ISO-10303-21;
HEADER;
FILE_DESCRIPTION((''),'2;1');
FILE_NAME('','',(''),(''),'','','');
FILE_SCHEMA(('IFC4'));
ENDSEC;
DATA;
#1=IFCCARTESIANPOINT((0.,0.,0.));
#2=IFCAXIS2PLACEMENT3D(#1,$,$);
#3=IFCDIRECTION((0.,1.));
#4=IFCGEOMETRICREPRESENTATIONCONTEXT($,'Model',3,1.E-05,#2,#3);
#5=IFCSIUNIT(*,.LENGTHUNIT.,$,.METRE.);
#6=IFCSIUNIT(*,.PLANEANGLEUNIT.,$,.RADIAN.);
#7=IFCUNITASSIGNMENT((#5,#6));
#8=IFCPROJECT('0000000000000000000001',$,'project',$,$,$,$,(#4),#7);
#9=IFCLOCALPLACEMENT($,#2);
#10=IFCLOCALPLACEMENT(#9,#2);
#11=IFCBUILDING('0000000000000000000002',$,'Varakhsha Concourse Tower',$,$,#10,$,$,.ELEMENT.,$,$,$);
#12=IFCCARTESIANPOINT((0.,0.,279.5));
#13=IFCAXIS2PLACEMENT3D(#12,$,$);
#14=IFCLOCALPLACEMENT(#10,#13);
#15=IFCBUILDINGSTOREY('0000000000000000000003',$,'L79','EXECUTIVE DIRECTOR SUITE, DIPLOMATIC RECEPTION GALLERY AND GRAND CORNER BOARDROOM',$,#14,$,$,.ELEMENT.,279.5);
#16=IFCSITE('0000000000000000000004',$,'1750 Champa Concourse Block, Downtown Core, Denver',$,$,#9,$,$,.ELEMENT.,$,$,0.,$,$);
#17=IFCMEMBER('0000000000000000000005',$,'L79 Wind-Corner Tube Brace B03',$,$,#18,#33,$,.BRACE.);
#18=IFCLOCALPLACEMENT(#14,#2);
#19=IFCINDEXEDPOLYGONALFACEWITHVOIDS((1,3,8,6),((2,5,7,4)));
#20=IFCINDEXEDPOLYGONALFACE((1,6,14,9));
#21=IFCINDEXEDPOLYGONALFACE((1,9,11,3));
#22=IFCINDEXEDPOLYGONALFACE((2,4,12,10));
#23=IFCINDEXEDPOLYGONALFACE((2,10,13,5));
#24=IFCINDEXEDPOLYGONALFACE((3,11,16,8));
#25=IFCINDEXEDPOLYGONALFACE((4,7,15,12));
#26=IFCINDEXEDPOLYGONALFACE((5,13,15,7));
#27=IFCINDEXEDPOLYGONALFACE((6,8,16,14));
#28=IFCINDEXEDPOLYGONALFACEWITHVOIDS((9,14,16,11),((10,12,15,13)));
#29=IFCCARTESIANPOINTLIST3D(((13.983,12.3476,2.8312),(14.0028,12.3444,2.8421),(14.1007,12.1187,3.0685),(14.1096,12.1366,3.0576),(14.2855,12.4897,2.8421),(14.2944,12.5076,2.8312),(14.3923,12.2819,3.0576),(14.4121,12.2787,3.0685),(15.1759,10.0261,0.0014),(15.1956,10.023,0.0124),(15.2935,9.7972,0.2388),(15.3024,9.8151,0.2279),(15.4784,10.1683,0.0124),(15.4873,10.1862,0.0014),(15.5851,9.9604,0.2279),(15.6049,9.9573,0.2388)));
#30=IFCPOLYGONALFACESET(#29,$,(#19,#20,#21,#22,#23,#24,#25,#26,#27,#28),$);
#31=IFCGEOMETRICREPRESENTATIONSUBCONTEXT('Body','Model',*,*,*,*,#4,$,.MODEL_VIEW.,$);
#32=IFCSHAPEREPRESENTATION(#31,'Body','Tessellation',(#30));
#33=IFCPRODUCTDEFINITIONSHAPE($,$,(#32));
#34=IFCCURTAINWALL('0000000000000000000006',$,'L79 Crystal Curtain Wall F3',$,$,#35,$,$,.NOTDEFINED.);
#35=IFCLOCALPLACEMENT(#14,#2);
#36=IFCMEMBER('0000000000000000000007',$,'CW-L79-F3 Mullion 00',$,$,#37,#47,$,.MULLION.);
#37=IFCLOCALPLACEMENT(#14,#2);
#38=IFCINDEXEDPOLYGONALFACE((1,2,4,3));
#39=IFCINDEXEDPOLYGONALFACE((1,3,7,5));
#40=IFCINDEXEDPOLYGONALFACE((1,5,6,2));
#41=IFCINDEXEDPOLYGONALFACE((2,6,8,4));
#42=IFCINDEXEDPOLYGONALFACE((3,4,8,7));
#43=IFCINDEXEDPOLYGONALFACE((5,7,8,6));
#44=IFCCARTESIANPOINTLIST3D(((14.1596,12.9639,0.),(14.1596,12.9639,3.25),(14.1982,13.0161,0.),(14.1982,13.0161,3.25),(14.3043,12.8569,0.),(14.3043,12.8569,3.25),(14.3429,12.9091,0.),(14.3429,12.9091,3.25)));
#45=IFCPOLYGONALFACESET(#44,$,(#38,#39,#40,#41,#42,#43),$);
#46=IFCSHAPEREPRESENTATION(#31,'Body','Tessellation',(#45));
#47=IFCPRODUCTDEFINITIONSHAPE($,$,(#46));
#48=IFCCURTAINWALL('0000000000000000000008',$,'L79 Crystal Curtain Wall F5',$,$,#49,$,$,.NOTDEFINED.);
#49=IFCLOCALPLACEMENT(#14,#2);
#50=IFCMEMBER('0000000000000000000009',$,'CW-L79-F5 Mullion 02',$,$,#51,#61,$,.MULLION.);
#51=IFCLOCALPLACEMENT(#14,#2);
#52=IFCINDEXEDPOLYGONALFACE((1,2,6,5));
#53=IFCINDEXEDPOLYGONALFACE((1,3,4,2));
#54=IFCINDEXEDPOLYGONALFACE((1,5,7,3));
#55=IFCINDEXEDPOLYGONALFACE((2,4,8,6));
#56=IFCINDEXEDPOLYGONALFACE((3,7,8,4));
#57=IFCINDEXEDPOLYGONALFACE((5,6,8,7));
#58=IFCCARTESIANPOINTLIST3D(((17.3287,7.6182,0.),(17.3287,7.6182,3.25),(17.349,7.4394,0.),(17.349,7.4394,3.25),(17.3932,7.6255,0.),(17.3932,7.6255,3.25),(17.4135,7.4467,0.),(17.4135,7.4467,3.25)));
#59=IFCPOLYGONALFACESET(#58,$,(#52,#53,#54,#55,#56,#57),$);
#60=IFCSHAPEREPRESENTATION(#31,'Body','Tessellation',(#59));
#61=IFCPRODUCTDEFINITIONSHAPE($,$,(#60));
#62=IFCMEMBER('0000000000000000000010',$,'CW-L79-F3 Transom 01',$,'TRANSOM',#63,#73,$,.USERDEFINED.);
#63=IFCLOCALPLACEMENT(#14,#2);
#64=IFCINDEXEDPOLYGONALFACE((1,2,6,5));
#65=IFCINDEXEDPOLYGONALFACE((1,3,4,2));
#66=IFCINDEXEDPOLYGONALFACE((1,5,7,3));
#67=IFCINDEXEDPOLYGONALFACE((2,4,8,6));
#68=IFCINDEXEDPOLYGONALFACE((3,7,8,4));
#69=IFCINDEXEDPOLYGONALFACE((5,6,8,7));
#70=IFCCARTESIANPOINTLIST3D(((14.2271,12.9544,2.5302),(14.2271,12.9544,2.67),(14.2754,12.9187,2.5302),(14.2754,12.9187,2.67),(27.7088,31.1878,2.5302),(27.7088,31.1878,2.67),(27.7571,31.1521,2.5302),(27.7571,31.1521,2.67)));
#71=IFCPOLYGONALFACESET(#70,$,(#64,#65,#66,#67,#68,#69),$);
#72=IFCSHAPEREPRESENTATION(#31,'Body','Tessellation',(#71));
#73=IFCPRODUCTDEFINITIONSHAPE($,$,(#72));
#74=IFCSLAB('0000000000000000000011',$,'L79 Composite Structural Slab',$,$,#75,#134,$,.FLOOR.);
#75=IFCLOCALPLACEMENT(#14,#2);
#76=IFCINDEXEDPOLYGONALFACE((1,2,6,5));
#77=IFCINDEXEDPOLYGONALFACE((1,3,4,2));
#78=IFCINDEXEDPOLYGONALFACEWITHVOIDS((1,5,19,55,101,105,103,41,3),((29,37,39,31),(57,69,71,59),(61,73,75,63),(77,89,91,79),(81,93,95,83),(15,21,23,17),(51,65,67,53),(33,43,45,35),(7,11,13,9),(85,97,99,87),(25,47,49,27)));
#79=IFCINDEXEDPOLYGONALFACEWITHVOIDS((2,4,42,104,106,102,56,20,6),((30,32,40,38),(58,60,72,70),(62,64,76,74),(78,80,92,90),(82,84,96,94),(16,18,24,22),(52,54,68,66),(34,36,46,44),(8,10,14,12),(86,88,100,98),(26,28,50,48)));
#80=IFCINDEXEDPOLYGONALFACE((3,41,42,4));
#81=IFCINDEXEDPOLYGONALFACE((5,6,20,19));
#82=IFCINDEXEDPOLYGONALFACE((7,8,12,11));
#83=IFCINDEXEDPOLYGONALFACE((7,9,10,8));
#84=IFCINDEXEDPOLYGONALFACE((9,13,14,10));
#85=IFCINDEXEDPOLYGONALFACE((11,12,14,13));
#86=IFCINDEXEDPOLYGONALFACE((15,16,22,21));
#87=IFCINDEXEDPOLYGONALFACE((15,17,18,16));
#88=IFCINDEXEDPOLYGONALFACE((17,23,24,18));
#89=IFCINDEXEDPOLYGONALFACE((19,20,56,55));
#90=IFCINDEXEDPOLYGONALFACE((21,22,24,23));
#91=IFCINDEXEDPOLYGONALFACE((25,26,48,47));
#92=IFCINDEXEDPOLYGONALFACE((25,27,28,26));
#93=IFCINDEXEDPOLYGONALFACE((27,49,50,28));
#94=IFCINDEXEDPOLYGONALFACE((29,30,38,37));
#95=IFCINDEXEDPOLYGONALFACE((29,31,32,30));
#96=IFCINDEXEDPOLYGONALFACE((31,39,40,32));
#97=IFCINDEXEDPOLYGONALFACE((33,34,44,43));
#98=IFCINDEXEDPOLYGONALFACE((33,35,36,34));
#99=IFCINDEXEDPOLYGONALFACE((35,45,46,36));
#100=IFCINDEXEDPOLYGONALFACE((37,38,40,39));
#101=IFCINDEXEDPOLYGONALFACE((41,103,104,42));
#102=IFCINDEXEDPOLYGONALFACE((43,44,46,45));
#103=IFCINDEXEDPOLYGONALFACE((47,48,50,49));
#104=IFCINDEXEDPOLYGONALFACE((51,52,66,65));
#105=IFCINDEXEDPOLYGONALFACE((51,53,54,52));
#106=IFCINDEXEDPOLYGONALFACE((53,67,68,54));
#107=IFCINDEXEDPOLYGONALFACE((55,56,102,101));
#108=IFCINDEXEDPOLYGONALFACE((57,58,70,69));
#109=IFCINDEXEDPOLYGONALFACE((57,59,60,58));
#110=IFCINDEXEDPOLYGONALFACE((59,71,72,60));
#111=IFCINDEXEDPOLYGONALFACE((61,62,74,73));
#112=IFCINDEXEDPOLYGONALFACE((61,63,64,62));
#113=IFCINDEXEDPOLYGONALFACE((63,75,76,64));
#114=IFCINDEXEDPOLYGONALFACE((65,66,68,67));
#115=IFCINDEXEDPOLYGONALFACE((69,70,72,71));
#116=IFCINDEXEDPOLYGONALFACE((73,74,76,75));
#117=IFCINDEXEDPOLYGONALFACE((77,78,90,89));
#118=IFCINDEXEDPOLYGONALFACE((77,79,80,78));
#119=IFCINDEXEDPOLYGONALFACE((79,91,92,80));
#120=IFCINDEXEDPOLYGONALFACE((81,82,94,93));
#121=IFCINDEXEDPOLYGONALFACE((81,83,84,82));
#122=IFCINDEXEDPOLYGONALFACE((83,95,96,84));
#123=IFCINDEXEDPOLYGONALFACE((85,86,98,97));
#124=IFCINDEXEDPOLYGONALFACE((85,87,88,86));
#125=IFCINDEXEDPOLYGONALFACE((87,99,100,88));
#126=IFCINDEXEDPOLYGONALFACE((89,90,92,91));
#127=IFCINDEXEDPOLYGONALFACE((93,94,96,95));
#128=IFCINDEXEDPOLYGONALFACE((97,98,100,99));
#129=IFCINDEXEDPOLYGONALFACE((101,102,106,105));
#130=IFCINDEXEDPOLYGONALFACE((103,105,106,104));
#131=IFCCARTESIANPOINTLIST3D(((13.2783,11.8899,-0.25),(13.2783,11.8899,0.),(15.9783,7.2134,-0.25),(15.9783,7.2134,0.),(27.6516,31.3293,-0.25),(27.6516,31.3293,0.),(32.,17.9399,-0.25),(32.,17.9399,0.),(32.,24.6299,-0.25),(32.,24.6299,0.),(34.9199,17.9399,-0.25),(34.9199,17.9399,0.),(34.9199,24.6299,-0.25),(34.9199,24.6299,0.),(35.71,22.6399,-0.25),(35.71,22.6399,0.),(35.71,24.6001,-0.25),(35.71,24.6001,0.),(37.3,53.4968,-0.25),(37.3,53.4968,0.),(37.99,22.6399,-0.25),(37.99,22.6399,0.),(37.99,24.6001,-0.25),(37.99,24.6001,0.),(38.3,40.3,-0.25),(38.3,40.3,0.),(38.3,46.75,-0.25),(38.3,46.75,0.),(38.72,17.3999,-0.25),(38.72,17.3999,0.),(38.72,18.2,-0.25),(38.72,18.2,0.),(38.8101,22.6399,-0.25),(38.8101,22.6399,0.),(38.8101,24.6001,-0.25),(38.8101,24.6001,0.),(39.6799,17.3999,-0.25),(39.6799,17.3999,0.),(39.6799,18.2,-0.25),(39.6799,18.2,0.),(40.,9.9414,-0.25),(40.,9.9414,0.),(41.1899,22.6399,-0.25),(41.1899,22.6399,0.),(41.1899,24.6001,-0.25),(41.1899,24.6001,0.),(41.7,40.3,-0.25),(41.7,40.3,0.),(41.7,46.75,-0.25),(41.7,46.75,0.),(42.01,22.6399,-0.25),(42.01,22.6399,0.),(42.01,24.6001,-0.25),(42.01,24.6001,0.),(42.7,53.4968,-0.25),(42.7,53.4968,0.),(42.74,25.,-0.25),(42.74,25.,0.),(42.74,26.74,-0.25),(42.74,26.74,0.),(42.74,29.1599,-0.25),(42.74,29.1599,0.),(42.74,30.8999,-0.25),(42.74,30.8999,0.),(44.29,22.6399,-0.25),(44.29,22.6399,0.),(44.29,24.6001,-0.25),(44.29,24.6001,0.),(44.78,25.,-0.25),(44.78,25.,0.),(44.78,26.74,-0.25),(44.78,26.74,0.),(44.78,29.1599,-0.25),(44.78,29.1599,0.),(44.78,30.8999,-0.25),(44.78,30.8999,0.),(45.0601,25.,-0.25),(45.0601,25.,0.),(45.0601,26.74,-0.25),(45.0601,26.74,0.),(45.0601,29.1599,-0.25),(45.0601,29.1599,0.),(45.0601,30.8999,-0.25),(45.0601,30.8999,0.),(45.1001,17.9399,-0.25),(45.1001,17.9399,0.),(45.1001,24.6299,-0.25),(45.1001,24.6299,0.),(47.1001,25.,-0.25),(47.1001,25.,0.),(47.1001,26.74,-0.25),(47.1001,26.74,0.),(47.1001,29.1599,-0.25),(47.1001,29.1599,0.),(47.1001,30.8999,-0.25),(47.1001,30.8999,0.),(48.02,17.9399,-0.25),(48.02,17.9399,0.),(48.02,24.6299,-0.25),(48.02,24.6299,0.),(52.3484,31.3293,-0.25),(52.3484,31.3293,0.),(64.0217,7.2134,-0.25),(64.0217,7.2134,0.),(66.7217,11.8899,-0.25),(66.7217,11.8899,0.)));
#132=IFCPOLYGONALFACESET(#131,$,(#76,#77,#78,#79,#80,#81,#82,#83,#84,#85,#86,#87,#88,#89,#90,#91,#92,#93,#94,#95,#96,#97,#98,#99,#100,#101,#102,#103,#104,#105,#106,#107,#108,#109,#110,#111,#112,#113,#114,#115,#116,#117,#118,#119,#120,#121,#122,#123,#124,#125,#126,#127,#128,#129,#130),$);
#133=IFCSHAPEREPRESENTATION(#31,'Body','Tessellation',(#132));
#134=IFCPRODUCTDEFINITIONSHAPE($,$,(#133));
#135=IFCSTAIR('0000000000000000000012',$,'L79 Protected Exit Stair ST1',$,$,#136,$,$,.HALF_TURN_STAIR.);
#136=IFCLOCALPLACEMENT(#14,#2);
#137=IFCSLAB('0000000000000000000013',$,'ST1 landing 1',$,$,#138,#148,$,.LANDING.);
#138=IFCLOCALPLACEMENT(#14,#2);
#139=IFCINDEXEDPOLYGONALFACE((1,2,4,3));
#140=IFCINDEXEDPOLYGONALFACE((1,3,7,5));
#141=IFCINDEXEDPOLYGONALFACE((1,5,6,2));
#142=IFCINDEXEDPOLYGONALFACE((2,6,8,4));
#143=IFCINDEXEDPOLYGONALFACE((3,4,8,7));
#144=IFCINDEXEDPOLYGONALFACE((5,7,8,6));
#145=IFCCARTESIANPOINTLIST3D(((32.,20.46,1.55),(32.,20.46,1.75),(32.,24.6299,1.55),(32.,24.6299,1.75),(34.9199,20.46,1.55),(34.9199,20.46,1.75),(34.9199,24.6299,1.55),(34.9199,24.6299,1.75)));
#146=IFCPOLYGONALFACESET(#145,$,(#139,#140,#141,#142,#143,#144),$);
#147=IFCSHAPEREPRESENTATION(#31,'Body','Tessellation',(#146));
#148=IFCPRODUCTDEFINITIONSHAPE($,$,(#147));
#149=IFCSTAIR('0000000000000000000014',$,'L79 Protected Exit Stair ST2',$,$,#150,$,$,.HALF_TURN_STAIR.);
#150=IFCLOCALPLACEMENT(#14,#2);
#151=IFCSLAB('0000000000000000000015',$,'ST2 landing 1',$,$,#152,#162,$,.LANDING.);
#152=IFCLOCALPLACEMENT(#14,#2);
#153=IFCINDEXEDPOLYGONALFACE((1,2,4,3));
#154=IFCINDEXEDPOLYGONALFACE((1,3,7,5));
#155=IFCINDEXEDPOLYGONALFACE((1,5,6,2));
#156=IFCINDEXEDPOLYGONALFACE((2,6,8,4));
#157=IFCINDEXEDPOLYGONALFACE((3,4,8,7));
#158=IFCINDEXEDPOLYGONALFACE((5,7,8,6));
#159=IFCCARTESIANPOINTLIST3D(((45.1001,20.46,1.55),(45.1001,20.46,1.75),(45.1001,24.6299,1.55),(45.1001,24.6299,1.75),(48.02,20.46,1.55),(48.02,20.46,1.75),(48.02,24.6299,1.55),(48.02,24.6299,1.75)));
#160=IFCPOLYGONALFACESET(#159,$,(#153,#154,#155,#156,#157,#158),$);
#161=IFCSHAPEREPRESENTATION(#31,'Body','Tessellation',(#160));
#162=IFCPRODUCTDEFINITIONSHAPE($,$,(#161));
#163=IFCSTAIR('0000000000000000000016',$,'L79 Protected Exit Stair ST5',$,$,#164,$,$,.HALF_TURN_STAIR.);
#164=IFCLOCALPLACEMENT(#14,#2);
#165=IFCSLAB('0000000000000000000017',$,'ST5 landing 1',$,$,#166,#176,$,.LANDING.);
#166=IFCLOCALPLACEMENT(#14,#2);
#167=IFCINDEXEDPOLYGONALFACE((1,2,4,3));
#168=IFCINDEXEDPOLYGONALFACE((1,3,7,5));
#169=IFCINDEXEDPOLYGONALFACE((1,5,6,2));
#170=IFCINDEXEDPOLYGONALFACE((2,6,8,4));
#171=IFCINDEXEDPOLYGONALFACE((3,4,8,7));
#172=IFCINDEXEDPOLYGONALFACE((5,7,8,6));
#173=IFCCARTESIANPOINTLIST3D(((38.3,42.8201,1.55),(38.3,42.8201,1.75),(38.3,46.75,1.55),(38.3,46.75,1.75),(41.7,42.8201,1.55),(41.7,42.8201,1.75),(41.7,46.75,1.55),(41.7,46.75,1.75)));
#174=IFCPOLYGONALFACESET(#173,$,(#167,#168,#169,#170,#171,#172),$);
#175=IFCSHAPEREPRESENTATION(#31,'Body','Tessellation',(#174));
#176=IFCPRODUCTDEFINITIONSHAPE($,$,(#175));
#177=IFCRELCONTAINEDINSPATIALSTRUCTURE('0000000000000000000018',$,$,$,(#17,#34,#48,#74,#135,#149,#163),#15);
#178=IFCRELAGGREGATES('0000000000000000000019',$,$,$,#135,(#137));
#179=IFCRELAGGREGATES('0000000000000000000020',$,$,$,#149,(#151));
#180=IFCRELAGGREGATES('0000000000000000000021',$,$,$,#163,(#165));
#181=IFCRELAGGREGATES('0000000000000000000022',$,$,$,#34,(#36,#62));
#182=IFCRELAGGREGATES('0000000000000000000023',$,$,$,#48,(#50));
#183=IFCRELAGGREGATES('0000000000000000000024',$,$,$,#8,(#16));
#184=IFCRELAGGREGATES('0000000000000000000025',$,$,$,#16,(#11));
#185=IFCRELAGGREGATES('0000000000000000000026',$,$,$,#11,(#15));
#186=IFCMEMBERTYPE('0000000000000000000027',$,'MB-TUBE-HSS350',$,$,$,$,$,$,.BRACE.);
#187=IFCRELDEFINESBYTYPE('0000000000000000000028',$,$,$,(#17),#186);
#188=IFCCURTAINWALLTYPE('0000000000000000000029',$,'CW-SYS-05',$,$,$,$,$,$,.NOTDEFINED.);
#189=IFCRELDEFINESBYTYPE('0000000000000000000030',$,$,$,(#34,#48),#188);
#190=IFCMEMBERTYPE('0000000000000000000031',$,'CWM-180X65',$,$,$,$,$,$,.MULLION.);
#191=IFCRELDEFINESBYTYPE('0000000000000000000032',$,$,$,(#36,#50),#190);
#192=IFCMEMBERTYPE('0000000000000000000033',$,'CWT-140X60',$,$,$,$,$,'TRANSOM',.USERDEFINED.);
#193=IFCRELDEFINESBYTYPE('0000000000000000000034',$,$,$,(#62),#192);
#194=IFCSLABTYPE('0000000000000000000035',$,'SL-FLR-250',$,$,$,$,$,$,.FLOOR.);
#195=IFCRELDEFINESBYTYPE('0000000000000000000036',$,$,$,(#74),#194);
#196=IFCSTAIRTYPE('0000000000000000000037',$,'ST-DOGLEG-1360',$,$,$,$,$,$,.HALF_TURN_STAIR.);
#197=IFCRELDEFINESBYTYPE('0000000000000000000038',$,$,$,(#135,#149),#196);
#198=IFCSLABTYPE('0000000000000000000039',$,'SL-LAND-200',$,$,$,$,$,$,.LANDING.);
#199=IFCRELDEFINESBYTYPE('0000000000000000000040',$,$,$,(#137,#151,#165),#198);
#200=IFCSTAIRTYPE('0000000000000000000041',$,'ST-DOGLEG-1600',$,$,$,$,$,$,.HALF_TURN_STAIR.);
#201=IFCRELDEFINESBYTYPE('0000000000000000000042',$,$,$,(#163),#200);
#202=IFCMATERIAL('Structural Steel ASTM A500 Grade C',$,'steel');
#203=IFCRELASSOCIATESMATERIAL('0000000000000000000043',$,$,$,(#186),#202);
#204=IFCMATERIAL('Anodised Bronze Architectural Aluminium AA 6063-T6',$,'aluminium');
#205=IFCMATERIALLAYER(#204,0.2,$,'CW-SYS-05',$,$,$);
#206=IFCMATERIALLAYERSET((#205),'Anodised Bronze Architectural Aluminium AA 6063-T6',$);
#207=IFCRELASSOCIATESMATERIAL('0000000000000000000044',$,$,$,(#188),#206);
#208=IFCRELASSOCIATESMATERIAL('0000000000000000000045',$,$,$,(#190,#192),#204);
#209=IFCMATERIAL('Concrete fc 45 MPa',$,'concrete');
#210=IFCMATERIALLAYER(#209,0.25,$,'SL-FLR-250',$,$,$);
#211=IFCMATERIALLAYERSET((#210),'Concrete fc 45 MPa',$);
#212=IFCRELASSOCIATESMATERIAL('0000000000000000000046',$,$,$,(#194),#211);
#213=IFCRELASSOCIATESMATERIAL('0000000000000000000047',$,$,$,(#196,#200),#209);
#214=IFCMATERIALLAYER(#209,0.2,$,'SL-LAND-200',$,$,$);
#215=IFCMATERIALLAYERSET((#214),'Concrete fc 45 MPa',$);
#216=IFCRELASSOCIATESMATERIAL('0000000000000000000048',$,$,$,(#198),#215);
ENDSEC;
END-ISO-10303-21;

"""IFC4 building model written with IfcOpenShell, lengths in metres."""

from ifc_helpers import new_model, si_unit, direction, frame, origin, origin_2d, place, context, subcontext, project, spatial, polyline, rectangle, hollow_rectangle, outline, extrude, source, transform, mapped, material, layer, layer_set, material_profile, profile_set, type_object, type_shapes, element, aggregate, save


model = new_model("IFC4")

# Units and contexts
model_context = context("Model", 3, precision=1e-05, world=origin(), true_north=direction((0.0, 1.0)))
body_context = subcontext(model_context, "Body", "Model", "MODEL_VIEW")
ifc_project = project(units=[si_unit("LENGTHUNIT", "METRE"), si_unit("PLANEANGLEUNIT", "RADIAN")], contexts=[model_context])

# Site, building, storey
site_placement = place(None, origin())
site = spatial("IfcSite", under=ifc_project, at=site_placement, Name="1750 Champa Concourse Block, Downtown Core, Denver", CompositionType="ELEMENT", RefElevation=0.0)
building_placement = place(site_placement, origin())
building = spatial("IfcBuilding", under=site, at=building_placement, Name="Varakhsha Concourse Tower", CompositionType="ELEMENT")
storey_placement = place(building_placement, frame((0.0, 0.0, 279.5)))
storey = spatial("IfcBuildingStorey", under=building, at=storey_placement, Name="L79", Description="EXECUTIVE DIRECTOR SUITE, DIPLOMATIC RECEPTION GALLERY AND GRAND CORNER BOARDROOM", CompositionType="ELEMENT", Elevation=279.5)

# Member
ifc_material_1 = material(Name="Structural Steel ASTM A500 Grade C", Category="steel")
ifc_material_profile_1 = material_profile(ifc_material_1, hollow_rectangle(XDim=0.3501, YDim=0.3501, WallThickness=0.0161, at=origin_2d()), Name="HSS 350x350x16")
ifc_profile_set_1 = profile_set([ifc_material_profile_1], Name="Structural Steel ASTM A500 Grade C")
member_type_1 = type_object("IfcMemberType", Name="MB-TUBE-HSS350", PredefinedType="BRACE", material=ifc_profile_set_1)
shared_shape_1 = source(origin(), body_context, "Body", "SweptSolid", [
    extrude(hollow_rectangle(XDim=0.3501, YDim=0.3501, WallThickness=0.0161, at=origin_2d()), origin(), (0.0, 0.0, 1.0), 3.8496),
])
member_1_placement = place(storey_placement, frame((15.3904, 9.9917, 0.1201), z_axis=(-0.309858, 0.603038, 0.735073), x_axis=(-0.889453, -0.457027, 0.0)))
element("IfcMember", 1, at=member_1_placement, inside=storey, type_object=member_type_1, Name="L79 Wind-Corner Tube Brace B03", PredefinedType="BRACE", context=body_context, shape_type="MappedRepresentation", body=[
    mapped(shared_shape_1, transform((0.0, 0.0, 0.0), scale=1.0)),
])

# Curtain walls, members
ifc_material_2 = material(Name="Anodised Bronze Architectural Aluminium AA 6063-T6", Category="aluminium")
ifc_layer_1 = layer(ifc_material_2, 0.2, Name="CW-SYS-05")
ifc_layer_set_1 = layer_set([ifc_layer_1], Name="Anodised Bronze Architectural Aluminium AA 6063-T6")
curtain_wall_type = type_object("IfcCurtainWallType", Name="CW-SYS-05", PredefinedType="NOTDEFINED", material=ifc_layer_set_1)
curtain_wall_1_placement = place(storey_placement, origin())
curtain_wall_1 = element("IfcCurtainWall", 2, at=curtain_wall_1_placement, inside=storey, type_object=curtain_wall_type, Name="L79 Crystal Curtain Wall F3", PredefinedType="NOTDEFINED")
ifc_material_profile_2 = material_profile(ifc_material_2, rectangle(XDim=0.0649, YDim=0.1799, at=origin_2d()), Name="CWM-180X65")
ifc_profile_set_2 = profile_set([ifc_material_profile_2], Name="Anodised Bronze Architectural Aluminium AA 6063-T6")
member_type_2 = type_object("IfcMemberType", Name="CWM-180X65", PredefinedType="MULLION", material=ifc_profile_set_2)
shared_shape_2 = source(origin(), body_context, "Body", "SweptSolid", [
    extrude(rectangle(XDim=0.0649, YDim=0.1799, at=origin_2d()), origin(), (0.0, 0.0, 1.0), 3.25),
])
type_shapes(member_type_2, [shared_shape_2])
member_2_placement = place(storey_placement, frame((14.2512, 12.9365, 0.0), z_axis=(0.0, 0.0, 1.0), x_axis=(0.594534, 0.804071, 0.0)))
member_2 = element("IfcMember", 3, at=member_2_placement, type_object=member_type_2, Name="CW-L79-F3 Mullion 00", PredefinedType="MULLION", context=body_context, shape_type="MappedRepresentation", body=[
    mapped(shared_shape_2, transform((0.0, 0.0, 0.0), scale=1.0)),
])
curtain_wall_2_placement = place(storey_placement, origin())
curtain_wall_2 = element("IfcCurtainWall", 4, at=curtain_wall_2_placement, inside=storey, type_object=curtain_wall_type, Name="L79 Crystal Curtain Wall F5", PredefinedType="NOTDEFINED")
member_3_placement = place(storey_placement, frame((17.3711, 7.5325, 0.0), z_axis=(0.0, 0.0, 1.0), x_axis=(-0.993613, -0.112844, 0.0)))
member_3 = element("IfcMember", 5, at=member_3_placement, type_object=member_type_2, Name="CW-L79-F5 Mullion 02", PredefinedType="MULLION", context=body_context, shape_type="MappedRepresentation", body=[
    mapped(shared_shape_2, transform((0.0, 0.0, 0.0), scale=1.0)),
])

# Member
ifc_material_profile_3 = material_profile(ifc_material_2, rectangle(XDim=0.0601, YDim=0.1399, at=origin_2d()), Name="CWT-140X60")
ifc_profile_set_3 = profile_set([ifc_material_profile_3], Name="Anodised Bronze Architectural Aluminium AA 6063-T6")
member_type_3 = type_object("IfcMemberType", Name="CWT-140X60", ElementType="TRANSOM", PredefinedType="USERDEFINED", material=ifc_profile_set_3)
shared_shape_3 = source(origin(), body_context, "Body", "SweptSolid", [
    extrude(rectangle(XDim=0.0601, YDim=0.1399, at=origin_2d()), origin(), (0.0, 0.0, 1.0), 22.6763),
])
type_shapes(member_type_3, [shared_shape_3])
member_4_placement = place(storey_placement, frame((14.2512, 12.9365, 2.6001), z_axis=(0.594529, 0.804074, 0.0), x_axis=(-0.804074, 0.594529, 0.0)))
member_4 = element("IfcMember", 6, at=member_4_placement, type_object=member_type_3, Name="CW-L79-F3 Transom 01", ObjectType="TRANSOM", PredefinedType="USERDEFINED", context=body_context, shape_type="MappedRepresentation", body=[
    mapped(shared_shape_3, transform((0.0, 0.0, 0.0), scale=1.0)),
])

# Slab
ifc_material_3 = material(Name="Concrete fc 45 MPa", Category="concrete")
ifc_layer_2 = layer(ifc_material_3, 0.25, Name="SL-FLR-250")
ifc_layer_set_2 = layer_set([ifc_layer_2], Name="Concrete fc 45 MPa")
slab_type_1 = type_object("IfcSlabType", Name="SL-FLR-250", PredefinedType="FLOOR", material=ifc_layer_set_2)
slab_1_placement = place(storey_placement, frame((0.0, 0.0, -0.25)))
element("IfcSlab", 7, at=slab_1_placement, inside=storey, type_object=slab_type_1, Name="L79 Composite Structural Slab", PredefinedType="FLOOR", context=body_context, shape_type="SweptSolid", body=[
    extrude(outline(polyline([(42.7, 53.4968), (37.3, 53.4968), (27.6516, 31.3293), (13.2783, 11.8899), (15.9783, 7.2134), (40.0, 9.9414), (64.0217, 7.2134), (66.7217, 11.8899), (52.3484, 31.3293), (42.7, 53.4968)]), holes=[polyline([(34.9199, 17.9399), (34.9199, 24.6299), (32.0, 24.6299), (32.0, 17.9399), (34.9199, 17.9399)]), polyline([(48.02, 17.9399), (48.02, 24.6299), (45.1001, 24.6299), (45.1001, 17.9399), (48.02, 17.9399)]), polyline([(41.7, 40.3), (41.7, 46.75), (38.3, 46.75), (38.3, 40.3), (41.7, 40.3)]), polyline([(42.74, 29.1599), (44.78, 29.1599), (44.78, 30.8999), (42.74, 30.8999), (42.74, 29.1599)]), polyline([(45.0601, 29.1599), (47.1001, 29.1599), (47.1001, 30.8999), (45.0601, 30.8999), (45.0601, 29.1599)]), polyline([(42.74, 25.0), (44.78, 25.0), (44.78, 26.74), (42.74, 26.74), (42.74, 25.0)]), polyline([(45.0601, 25.0), (47.1001, 25.0), (47.1001, 26.74), (45.0601, 26.74), (45.0601, 25.0)]), polyline([(35.71, 22.6399), (37.99, 22.6399), (37.99, 24.6001), (35.71, 24.6001), (35.71, 22.6399)]), polyline([(42.01, 22.6399), (44.29, 22.6399), (44.29, 24.6001), (42.01, 24.6001), (42.01, 22.6399)]), polyline([(38.8101, 22.6399), (41.1899, 22.6399), (41.1899, 24.6001), (38.8101, 24.6001), (38.8101, 22.6399)]), polyline([(38.72, 17.3999), (39.6799, 17.3999), (39.6799, 18.2), (38.72, 18.2), (38.72, 17.3999)])]), origin(), (0.0, 0.0, 1.0), 0.25),
])

# Stairs, slabs
stair_type_1 = type_object("IfcStairType", Name="ST-DOGLEG-1360", PredefinedType="HALF_TURN_STAIR", material=ifc_material_3)
stair_1_placement = place(storey_placement, origin())
stair_1 = element("IfcStair", 8, at=stair_1_placement, inside=storey, type_object=stair_type_1, Name="L79 Protected Exit Stair ST1", PredefinedType="HALF_TURN_STAIR")
ifc_layer_3 = layer(ifc_material_3, 0.2, Name="SL-LAND-200")
ifc_layer_set_3 = layer_set([ifc_layer_3], Name="Concrete fc 45 MPa")
slab_type_2 = type_object("IfcSlabType", Name="SL-LAND-200", PredefinedType="LANDING", material=ifc_layer_set_3)
slab_2_placement = place(storey_placement, frame((0.0, 0.0, 1.55)))
slab_2 = element("IfcSlab", 9, at=slab_2_placement, type_object=slab_type_2, Name="ST1 landing 1", PredefinedType="LANDING", context=body_context, shape_type="SweptSolid", body=[
    extrude(outline(polyline([(34.9199, 20.46), (34.9199, 24.6299), (32.0, 24.6299), (32.0, 20.46), (34.9199, 20.46)])), origin(), (0.0, 0.0, 1.0), 0.2),
])
aggregate(stair_1, [slab_2])
stair_2_placement = place(storey_placement, origin())
stair_2 = element("IfcStair", 10, at=stair_2_placement, inside=storey, type_object=stair_type_1, Name="L79 Protected Exit Stair ST2", PredefinedType="HALF_TURN_STAIR")
slab_3_placement = place(storey_placement, frame((0.0, 0.0, 1.55)))
slab_3 = element("IfcSlab", 11, at=slab_3_placement, type_object=slab_type_2, Name="ST2 landing 1", PredefinedType="LANDING", context=body_context, shape_type="SweptSolid", body=[
    extrude(outline(polyline([(48.02, 20.46), (48.02, 24.6299), (45.1001, 24.6299), (45.1001, 20.46), (48.02, 20.46)])), origin(), (0.0, 0.0, 1.0), 0.2),
])
aggregate(stair_2, [slab_3])
stair_type_2 = type_object("IfcStairType", Name="ST-DOGLEG-1600", PredefinedType="HALF_TURN_STAIR", material=ifc_material_3)
stair_3_placement = place(storey_placement, origin())
stair_3 = element("IfcStair", 12, at=stair_3_placement, inside=storey, type_object=stair_type_2, Name="L79 Protected Exit Stair ST5", PredefinedType="HALF_TURN_STAIR")
slab_4_placement = place(storey_placement, frame((0.0, 0.0, 1.55)))
slab_4 = element("IfcSlab", 13, at=slab_4_placement, type_object=slab_type_2, Name="ST5 landing 1", PredefinedType="LANDING", context=body_context, shape_type="SweptSolid", body=[
    extrude(outline(polyline([(41.7, 42.8201), (41.7, 46.75), (38.3, 46.75), (38.3, 42.8201), (41.7, 42.8201)])), origin(), (0.0, 0.0, 1.0), 0.2),
])
aggregate(stair_3, [slab_4])

aggregate(curtain_wall_1, [member_2, member_4])
aggregate(curtain_wall_2, [member_3])

save(model, "model.ifc")
